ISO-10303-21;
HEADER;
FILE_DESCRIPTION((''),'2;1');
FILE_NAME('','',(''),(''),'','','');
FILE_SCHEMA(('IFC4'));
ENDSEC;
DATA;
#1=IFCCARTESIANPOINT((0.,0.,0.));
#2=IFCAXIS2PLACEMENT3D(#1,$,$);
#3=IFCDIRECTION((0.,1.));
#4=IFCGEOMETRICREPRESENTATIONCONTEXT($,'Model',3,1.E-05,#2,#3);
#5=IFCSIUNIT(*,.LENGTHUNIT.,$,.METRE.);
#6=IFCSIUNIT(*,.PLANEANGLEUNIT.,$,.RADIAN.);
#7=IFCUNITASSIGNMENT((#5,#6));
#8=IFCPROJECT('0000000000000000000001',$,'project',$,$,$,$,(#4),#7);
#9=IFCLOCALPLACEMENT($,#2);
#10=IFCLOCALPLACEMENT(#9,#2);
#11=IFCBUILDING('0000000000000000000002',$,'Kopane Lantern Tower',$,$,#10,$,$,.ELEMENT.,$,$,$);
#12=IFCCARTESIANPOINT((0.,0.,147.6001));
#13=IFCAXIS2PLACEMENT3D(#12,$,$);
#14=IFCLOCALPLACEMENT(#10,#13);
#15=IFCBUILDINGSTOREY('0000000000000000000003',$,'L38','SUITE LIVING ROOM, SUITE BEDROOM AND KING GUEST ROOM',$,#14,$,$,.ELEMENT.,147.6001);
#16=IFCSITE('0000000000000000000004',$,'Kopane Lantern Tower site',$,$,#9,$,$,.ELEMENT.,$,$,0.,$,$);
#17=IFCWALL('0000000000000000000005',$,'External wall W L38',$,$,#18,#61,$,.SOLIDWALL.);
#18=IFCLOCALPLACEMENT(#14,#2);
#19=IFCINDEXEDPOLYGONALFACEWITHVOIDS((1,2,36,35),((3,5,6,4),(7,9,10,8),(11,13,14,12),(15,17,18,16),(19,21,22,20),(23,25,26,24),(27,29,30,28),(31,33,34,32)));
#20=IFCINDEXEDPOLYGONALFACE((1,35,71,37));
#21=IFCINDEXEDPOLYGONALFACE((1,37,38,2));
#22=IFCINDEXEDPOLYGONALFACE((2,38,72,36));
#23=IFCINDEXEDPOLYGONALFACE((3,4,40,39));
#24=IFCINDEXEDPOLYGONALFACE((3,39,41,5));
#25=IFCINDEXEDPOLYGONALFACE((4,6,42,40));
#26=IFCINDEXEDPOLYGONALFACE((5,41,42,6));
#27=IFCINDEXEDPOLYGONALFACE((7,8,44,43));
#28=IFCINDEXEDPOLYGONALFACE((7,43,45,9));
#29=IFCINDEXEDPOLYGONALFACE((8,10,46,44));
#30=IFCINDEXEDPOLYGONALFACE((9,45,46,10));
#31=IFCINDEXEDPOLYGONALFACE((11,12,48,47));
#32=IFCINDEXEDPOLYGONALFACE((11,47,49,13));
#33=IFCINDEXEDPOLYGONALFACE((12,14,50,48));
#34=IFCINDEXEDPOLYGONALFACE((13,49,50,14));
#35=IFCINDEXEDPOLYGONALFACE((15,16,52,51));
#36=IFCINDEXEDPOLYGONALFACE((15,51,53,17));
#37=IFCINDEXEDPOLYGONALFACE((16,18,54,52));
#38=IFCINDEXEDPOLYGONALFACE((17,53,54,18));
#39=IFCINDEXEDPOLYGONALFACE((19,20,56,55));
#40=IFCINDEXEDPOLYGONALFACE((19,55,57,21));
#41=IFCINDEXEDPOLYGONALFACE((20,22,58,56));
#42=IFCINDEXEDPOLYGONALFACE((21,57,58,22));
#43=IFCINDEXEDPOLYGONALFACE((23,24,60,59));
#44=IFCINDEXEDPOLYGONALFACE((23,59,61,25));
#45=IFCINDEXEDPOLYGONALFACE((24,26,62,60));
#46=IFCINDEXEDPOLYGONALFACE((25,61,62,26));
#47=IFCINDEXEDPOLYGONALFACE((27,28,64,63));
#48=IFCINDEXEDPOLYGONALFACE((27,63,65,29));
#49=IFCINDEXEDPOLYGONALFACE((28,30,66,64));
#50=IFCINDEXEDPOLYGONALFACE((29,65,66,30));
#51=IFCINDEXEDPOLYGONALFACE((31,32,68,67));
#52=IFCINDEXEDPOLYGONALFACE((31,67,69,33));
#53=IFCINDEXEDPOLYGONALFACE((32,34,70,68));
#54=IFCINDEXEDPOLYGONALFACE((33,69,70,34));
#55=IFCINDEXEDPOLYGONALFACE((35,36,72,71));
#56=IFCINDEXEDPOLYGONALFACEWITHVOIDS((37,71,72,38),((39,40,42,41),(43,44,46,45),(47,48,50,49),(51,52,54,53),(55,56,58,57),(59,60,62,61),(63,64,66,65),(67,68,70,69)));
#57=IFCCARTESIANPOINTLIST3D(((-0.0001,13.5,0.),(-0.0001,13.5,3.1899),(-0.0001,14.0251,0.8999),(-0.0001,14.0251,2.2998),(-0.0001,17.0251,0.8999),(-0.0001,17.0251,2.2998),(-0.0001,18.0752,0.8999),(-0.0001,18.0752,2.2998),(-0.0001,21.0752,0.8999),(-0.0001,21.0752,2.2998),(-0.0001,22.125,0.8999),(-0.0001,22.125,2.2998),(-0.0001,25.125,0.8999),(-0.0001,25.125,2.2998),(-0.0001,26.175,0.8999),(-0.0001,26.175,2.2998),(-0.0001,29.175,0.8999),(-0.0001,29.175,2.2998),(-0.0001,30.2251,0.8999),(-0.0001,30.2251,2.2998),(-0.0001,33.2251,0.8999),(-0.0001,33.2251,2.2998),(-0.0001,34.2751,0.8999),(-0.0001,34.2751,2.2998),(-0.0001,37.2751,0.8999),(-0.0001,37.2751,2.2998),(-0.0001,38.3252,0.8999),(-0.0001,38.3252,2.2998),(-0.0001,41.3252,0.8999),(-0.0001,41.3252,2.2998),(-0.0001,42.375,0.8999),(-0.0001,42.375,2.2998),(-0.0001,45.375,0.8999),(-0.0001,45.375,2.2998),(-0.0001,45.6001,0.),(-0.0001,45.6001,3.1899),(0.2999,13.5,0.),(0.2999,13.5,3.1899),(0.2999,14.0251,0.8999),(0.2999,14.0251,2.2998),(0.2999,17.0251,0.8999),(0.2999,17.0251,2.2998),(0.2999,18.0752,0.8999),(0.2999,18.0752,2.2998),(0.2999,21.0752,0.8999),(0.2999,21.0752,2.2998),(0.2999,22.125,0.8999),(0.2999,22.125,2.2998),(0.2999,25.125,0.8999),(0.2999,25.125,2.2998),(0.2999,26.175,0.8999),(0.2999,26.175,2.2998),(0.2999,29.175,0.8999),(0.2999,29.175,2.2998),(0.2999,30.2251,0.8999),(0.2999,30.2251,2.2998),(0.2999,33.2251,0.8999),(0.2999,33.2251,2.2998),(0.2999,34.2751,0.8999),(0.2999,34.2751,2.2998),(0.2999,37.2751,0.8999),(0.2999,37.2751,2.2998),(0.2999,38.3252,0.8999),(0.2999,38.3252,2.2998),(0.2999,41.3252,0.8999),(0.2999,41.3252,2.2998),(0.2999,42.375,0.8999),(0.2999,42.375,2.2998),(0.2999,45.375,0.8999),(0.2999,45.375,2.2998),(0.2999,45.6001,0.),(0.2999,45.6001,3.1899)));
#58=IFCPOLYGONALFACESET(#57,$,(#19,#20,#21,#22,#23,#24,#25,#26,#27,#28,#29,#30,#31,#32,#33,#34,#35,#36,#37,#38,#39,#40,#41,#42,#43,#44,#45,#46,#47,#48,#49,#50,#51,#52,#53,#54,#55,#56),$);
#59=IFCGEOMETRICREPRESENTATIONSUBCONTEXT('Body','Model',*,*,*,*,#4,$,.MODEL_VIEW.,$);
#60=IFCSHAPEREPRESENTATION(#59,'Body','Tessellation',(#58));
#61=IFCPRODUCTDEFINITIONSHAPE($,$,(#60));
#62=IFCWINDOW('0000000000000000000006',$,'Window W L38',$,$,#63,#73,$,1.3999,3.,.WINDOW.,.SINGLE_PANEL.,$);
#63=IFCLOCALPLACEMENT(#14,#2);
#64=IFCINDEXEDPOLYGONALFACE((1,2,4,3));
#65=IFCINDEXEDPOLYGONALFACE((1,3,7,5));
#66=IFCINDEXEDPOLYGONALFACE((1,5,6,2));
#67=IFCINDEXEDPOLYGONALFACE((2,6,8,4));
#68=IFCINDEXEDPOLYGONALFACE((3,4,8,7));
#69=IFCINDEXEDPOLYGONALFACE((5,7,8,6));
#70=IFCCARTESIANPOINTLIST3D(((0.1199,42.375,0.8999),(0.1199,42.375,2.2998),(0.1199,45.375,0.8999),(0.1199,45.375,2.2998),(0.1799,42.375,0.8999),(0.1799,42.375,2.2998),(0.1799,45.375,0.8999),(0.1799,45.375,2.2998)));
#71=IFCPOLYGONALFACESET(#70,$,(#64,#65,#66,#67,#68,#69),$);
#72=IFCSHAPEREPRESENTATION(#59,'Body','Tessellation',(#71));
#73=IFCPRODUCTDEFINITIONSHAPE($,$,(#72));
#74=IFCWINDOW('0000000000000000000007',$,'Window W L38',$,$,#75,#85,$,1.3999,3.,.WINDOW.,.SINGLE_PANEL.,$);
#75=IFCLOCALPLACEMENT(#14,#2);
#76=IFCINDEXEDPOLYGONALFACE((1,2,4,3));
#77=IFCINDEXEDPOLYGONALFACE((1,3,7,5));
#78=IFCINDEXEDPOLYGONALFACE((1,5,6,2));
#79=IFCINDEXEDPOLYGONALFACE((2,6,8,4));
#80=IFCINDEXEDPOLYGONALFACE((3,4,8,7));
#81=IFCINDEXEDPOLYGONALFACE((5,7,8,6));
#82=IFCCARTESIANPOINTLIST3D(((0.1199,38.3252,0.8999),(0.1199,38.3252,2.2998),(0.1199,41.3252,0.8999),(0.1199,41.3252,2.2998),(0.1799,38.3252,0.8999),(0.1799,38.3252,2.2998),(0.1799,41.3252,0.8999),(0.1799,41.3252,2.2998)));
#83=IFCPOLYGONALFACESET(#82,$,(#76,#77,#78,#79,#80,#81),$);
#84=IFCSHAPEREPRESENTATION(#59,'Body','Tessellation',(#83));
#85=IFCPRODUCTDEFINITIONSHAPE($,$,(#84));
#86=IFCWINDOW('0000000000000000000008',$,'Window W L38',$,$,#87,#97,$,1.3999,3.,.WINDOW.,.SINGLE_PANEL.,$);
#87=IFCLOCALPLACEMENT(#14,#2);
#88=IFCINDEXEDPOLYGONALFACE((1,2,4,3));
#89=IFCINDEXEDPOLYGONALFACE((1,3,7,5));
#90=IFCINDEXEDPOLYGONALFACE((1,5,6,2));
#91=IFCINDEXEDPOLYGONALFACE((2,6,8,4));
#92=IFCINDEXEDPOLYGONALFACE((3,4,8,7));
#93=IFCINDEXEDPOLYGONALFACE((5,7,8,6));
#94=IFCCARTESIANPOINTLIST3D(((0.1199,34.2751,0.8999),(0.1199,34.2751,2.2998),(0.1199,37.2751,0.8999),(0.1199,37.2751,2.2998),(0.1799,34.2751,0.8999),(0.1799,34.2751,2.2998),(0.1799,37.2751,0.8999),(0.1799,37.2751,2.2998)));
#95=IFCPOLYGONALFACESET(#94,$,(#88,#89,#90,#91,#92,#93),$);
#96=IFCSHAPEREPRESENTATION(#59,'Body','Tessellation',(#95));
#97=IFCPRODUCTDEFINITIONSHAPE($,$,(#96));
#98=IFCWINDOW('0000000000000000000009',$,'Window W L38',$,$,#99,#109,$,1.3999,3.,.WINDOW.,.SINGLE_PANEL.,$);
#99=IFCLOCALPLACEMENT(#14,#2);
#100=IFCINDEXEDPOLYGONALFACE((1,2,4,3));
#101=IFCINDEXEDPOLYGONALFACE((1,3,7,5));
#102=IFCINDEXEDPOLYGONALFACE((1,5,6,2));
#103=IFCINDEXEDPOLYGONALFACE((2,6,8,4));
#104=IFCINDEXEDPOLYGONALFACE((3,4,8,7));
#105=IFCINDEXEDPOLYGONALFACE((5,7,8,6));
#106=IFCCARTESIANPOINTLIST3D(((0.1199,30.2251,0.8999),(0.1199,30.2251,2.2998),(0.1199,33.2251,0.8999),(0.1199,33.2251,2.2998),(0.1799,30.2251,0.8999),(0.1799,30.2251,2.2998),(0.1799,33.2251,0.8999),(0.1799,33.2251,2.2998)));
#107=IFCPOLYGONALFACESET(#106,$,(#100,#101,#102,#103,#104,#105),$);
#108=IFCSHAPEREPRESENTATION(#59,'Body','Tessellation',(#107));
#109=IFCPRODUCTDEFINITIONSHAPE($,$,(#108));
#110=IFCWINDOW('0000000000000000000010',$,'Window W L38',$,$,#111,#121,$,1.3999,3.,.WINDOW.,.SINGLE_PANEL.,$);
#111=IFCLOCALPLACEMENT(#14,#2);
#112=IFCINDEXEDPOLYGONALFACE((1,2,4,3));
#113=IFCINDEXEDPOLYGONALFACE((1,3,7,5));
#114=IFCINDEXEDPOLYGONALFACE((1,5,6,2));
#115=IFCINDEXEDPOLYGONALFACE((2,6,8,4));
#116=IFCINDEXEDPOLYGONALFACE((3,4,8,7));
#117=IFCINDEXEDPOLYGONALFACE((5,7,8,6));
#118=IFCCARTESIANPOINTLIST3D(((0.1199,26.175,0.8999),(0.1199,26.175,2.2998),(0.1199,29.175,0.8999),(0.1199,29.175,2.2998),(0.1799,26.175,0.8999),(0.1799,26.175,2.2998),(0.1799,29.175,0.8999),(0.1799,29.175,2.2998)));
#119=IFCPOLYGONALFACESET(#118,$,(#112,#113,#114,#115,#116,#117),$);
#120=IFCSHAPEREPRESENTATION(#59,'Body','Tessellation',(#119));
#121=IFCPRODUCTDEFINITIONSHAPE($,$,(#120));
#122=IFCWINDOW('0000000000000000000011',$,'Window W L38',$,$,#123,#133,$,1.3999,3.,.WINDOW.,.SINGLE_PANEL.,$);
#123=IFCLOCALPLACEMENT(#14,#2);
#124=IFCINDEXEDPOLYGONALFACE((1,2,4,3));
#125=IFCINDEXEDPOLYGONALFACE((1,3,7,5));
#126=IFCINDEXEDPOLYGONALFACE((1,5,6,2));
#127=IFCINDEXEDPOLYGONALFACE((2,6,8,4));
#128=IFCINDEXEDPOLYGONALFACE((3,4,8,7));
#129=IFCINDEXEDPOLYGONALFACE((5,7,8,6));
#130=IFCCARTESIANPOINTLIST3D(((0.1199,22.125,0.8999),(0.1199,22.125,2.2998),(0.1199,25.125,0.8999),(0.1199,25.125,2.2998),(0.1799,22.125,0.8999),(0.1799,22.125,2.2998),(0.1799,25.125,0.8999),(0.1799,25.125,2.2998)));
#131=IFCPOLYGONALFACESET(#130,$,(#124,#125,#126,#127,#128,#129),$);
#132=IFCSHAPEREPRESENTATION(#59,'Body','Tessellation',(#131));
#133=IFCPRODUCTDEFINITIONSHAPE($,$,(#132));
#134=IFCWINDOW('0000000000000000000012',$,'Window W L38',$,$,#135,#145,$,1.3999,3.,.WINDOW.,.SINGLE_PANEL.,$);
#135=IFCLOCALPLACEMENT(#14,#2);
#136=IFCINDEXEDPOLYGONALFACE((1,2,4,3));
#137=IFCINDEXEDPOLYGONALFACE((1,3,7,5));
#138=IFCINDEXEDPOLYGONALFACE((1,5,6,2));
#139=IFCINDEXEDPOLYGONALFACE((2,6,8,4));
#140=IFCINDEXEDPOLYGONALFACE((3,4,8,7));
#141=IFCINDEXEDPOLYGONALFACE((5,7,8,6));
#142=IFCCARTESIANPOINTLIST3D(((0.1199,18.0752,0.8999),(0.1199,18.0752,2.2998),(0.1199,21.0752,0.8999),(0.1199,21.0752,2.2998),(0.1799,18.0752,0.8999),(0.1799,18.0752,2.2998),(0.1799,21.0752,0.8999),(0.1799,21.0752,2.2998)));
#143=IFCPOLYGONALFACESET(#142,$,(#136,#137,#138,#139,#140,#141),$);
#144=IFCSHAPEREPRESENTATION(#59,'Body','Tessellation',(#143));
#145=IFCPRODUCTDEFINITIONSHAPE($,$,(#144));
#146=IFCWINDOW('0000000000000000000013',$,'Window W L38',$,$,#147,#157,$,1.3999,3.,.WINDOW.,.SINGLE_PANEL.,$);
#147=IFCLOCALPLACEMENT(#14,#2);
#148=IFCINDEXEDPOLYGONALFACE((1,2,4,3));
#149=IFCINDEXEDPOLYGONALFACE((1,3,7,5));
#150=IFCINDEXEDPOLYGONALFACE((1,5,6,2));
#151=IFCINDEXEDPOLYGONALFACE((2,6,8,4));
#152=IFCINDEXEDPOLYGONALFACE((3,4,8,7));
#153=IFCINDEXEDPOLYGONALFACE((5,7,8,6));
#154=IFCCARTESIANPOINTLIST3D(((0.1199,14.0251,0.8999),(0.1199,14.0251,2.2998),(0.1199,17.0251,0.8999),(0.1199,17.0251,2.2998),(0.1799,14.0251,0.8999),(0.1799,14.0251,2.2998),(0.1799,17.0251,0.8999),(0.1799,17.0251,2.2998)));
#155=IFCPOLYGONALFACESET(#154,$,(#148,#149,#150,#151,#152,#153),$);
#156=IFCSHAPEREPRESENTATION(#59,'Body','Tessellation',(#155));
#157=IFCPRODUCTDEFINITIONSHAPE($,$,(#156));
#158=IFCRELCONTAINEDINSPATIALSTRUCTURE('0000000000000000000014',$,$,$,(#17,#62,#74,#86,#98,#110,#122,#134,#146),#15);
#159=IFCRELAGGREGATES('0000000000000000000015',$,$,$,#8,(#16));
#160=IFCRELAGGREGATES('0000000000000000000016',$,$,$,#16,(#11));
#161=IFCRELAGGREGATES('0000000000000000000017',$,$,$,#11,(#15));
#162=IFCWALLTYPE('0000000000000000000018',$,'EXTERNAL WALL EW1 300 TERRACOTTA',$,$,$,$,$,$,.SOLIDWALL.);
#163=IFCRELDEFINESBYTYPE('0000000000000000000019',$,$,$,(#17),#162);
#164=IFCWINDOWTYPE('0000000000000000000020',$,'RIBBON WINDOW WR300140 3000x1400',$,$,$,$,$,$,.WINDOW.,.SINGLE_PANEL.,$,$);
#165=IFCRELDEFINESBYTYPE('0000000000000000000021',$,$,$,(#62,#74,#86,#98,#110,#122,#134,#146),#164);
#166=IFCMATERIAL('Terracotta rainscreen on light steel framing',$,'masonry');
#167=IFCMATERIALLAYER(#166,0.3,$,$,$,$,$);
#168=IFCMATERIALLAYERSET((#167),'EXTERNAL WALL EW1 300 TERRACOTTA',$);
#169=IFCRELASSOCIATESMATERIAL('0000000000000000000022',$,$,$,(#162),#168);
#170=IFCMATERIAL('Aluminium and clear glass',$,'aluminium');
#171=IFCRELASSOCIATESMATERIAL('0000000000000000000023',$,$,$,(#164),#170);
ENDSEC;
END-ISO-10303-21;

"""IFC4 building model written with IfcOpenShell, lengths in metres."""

from ifc_helpers import new_model, si_unit, direction, frame, frame_2d, origin, place, context, subcontext, project, spatial, rectangle, extrude, material, layer, layer_set, type_object, element, fill, save


model = new_model("IFC4")

# Units and contexts
model_context = context("Model", 3, precision=1e-05, world=origin(), true_north=direction((0.0, 1.0)))
body_context = subcontext(model_context, "Body", "Model", "MODEL_VIEW")
ifc_project = project(units=[si_unit("LENGTHUNIT", "METRE"), si_unit("PLANEANGLEUNIT", "RADIAN")], contexts=[model_context])

# Site, building, storey
site_placement = place(None, origin())
site = spatial("IfcSite", under=ifc_project, at=site_placement, Name="Kopane Lantern Tower site", CompositionType="ELEMENT", RefElevation=0.0)
building_placement = place(site_placement, origin())
building = spatial("IfcBuilding", under=site, at=building_placement, Name="Kopane Lantern Tower", CompositionType="ELEMENT")
storey_placement = place(building_placement, frame((0.0, 0.0, 147.6001)))
storey = spatial("IfcBuildingStorey", under=building, at=storey_placement, Name="L38", Description="SUITE LIVING ROOM, SUITE BEDROOM AND KING GUEST ROOM", CompositionType="ELEMENT", Elevation=147.6001)

# Shared definitions
ifc_material_1 = material(Name="Terracotta rainscreen on light steel framing", Category="masonry")
ifc_layer_1 = layer(ifc_material_1, 0.3)
ifc_layer_set_1 = layer_set([ifc_layer_1], Name="EXTERNAL WALL EW1 300 TERRACOTTA")
wall_type_1 = type_object("IfcWallType", Name="EXTERNAL WALL EW1 300 TERRACOTTA", PredefinedType="SOLIDWALL", material=ifc_layer_set_1)
ifc_material_2 = material(Name="Aluminium and clear glass", Category="aluminium")
window_type = type_object("IfcWindowType", Name="RIBBON WINDOW WR300140 3000x1400", PartitioningType="SINGLE_PANEL", PredefinedType="WINDOW", material=ifc_material_2)

# Wall, openings, windows
wall_1_placement = place(storey_placement, frame((0.1499, 45.6001, 0.0), z_axis=(0.0, 0.0, 1.0), x_axis=(0.0, -1.0, 0.0)))
wall_1 = element("IfcWall", 1, at=wall_1_placement, inside=storey, type_object=wall_type_1, Name="External wall W L38", PredefinedType="SOLIDWALL", context=body_context, shape_type="SweptSolid", body=[
    extrude(rectangle(XDim=32.1001, YDim=0.3, at=frame_2d((16.05, 0.0))), origin(), (0.0, 0.0, 1.0), 3.1899),
])
opening_1_placement = place(wall_1_placement, frame((0.2251, 0.0, 0.8999)))
opening_1 = element("IfcOpeningElement", 2, at=opening_1_placement, cuts=wall_1, PredefinedType="OPENING", context=body_context, shape_type="SweptSolid", body=[
    extrude(rectangle(XDim=3.0, YDim=1.3999, at=frame_2d((1.5, 0.7))), frame((0.0, 0.1599, 0.0), z_axis=(0.0, -1.0, 0.0), x_axis=(1.0, 0.0, 0.0)), (0.0, 0.0, 1.0), 0.3201),
])
opening_2_placement = place(wall_1_placement, frame((4.2749, 0.0, 0.8999)))
opening_2 = element("IfcOpeningElement", 3, at=opening_2_placement, cuts=wall_1, PredefinedType="OPENING", context=body_context, shape_type="SweptSolid", body=[
    extrude(rectangle(XDim=3.0, YDim=1.3999, at=frame_2d((1.5, 0.7))), frame((0.0, 0.1599, 0.0), z_axis=(0.0, -1.0, 0.0), x_axis=(1.0, 0.0, 0.0)), (0.0, 0.0, 1.0), 0.3201),
])
opening_3_placement = place(wall_1_placement, frame((8.325, 0.0, 0.8999)))
opening_3 = element("IfcOpeningElement", 4, at=opening_3_placement, cuts=wall_1, PredefinedType="OPENING", context=body_context, shape_type="SweptSolid", body=[
    extrude(rectangle(XDim=3.0, YDim=1.3999, at=frame_2d((1.5, 0.7))), frame((0.0, 0.1599, 0.0), z_axis=(0.0, -1.0, 0.0), x_axis=(1.0, 0.0, 0.0)), (0.0, 0.0, 1.0), 0.3201),
])
opening_4_placement = place(wall_1_placement, frame((12.375, 0.0, 0.8999)))
opening_4 = element("IfcOpeningElement", 5, at=opening_4_placement, cuts=wall_1, PredefinedType="OPENING", context=body_context, shape_type="SweptSolid", body=[
    extrude(rectangle(XDim=3.0, YDim=1.3999, at=frame_2d((1.5, 0.7))), frame((0.0, 0.1599, 0.0), z_axis=(0.0, -1.0, 0.0), x_axis=(1.0, 0.0, 0.0)), (0.0, 0.0, 1.0), 0.3201),
])
opening_5_placement = place(wall_1_placement, frame((16.425, 0.0, 0.8999)))
opening_5 = element("IfcOpeningElement", 6, at=opening_5_placement, cuts=wall_1, PredefinedType="OPENING", context=body_context, shape_type="SweptSolid", body=[
    extrude(rectangle(XDim=3.0, YDim=1.3999, at=frame_2d((1.5, 0.7))), frame((0.0, 0.1599, 0.0), z_axis=(0.0, -1.0, 0.0), x_axis=(1.0, 0.0, 0.0)), (0.0, 0.0, 1.0), 0.3201),
])
opening_6_placement = place(wall_1_placement, frame((20.4751, 0.0, 0.8999)))
opening_6 = element("IfcOpeningElement", 7, at=opening_6_placement, cuts=wall_1, PredefinedType="OPENING", context=body_context, shape_type="SweptSolid", body=[
    extrude(rectangle(XDim=3.0, YDim=1.3999, at=frame_2d((1.5, 0.7))), frame((0.0, 0.1599, 0.0), z_axis=(0.0, -1.0, 0.0), x_axis=(1.0, 0.0, 0.0)), (0.0, 0.0, 1.0), 0.3201),
])
opening_7_placement = place(wall_1_placement, frame((24.5249, 0.0, 0.8999)))
opening_7 = element("IfcOpeningElement", 8, at=opening_7_placement, cuts=wall_1, PredefinedType="OPENING", context=body_context, shape_type="SweptSolid", body=[
    extrude(rectangle(XDim=3.0, YDim=1.3999, at=frame_2d((1.5, 0.7))), frame((0.0, 0.1599, 0.0), z_axis=(0.0, -1.0, 0.0), x_axis=(1.0, 0.0, 0.0)), (0.0, 0.0, 1.0), 0.3201),
])
opening_8_placement = place(wall_1_placement, frame((28.575, 0.0, 0.8999)))
opening_8 = element("IfcOpeningElement", 9, at=opening_8_placement, cuts=wall_1, PredefinedType="OPENING", context=body_context, shape_type="SweptSolid", body=[
    extrude(rectangle(XDim=3.0, YDim=1.3999, at=frame_2d((1.5, 0.7))), frame((0.0, 0.1599, 0.0), z_axis=(0.0, -1.0, 0.0), x_axis=(1.0, 0.0, 0.0)), (0.0, 0.0, 1.0), 0.3201),
])
window_1_placement = place(opening_1_placement, origin())
window_1 = element("IfcWindow", 10, at=window_1_placement, inside=storey, type_object=window_type, Name="Window W L38", OverallHeight=1.3999, OverallWidth=3.0, PartitioningType="SINGLE_PANEL", PredefinedType="WINDOW", context=body_context, shape_type="SweptSolid", body=[
    extrude(rectangle(XDim=3.0, YDim=1.3999, at=frame_2d((1.5, 0.7))), frame((0.0, 0.03, 0.0), z_axis=(0.0, -1.0, 0.0), x_axis=(1.0, 0.0, 0.0)), (0.0, 0.0, 1.0), 0.0601),
])
fill(opening_1, window_1)
window_2_placement = place(opening_2_placement, origin())
window_2 = element("IfcWindow", 11, at=window_2_placement, inside=storey, type_object=window_type, Name="Window W L38", OverallHeight=1.3999, OverallWidth=3.0, PartitioningType="SINGLE_PANEL", PredefinedType="WINDOW", context=body_context, shape_type="SweptSolid", body=[
    extrude(rectangle(XDim=3.0, YDim=1.3999, at=frame_2d((1.5, 0.7))), frame((0.0, 0.03, 0.0), z_axis=(0.0, -1.0, 0.0), x_axis=(1.0, 0.0, 0.0)), (0.0, 0.0, 1.0), 0.0601),
])
fill(opening_2, window_2)
window_3_placement = place(opening_3_placement, origin())
window_3 = element("IfcWindow", 12, at=window_3_placement, inside=storey, type_object=window_type, Name="Window W L38", OverallHeight=1.3999, OverallWidth=3.0, PartitioningType="SINGLE_PANEL", PredefinedType="WINDOW", context=body_context, shape_type="SweptSolid", body=[
    extrude(rectangle(XDim=3.0, YDim=1.3999, at=frame_2d((1.5, 0.7))), frame((0.0, 0.03, 0.0), z_axis=(0.0, -1.0, 0.0), x_axis=(1.0, 0.0, 0.0)), (0.0, 0.0, 1.0), 0.0601),
])
fill(opening_3, window_3)
window_4_placement = place(opening_4_placement, origin())
window_4 = element("IfcWindow", 13, at=window_4_placement, inside=storey, type_object=window_type, Name="Window W L38", OverallHeight=1.3999, OverallWidth=3.0, PartitioningType="SINGLE_PANEL", PredefinedType="WINDOW", context=body_context, shape_type="SweptSolid", body=[
    extrude(rectangle(XDim=3.0, YDim=1.3999, at=frame_2d((1.5, 0.7))), frame((0.0, 0.03, 0.0), z_axis=(0.0, -1.0, 0.0), x_axis=(1.0, 0.0, 0.0)), (0.0, 0.0, 1.0), 0.0601),
])
fill(opening_4, window_4)
window_5_placement = place(opening_5_placement, origin())
window_5 = element("IfcWindow", 14, at=window_5_placement, inside=storey, type_object=window_type, Name="Window W L38", OverallHeight=1.3999, OverallWidth=3.0, PartitioningType="SINGLE_PANEL", PredefinedType="WINDOW", context=body_context, shape_type="SweptSolid", body=[
    extrude(rectangle(XDim=3.0, YDim=1.3999, at=frame_2d((1.5, 0.7))), frame((0.0, 0.03, 0.0), z_axis=(0.0, -1.0, 0.0), x_axis=(1.0, 0.0, 0.0)), (0.0, 0.0, 1.0), 0.0601),
])
fill(opening_5, window_5)
window_6_placement = place(opening_6_placement, origin())
window_6 = element("IfcWindow", 15, at=window_6_placement, inside=storey, type_object=window_type, Name="Window W L38", OverallHeight=1.3999, OverallWidth=3.0, PartitioningType="SINGLE_PANEL", PredefinedType="WINDOW", context=body_context, shape_type="SweptSolid", body=[
    extrude(rectangle(XDim=3.0, YDim=1.3999, at=frame_2d((1.5, 0.7))), frame((0.0, 0.03, 0.0), z_axis=(0.0, -1.0, 0.0), x_axis=(1.0, 0.0, 0.0)), (0.0, 0.0, 1.0), 0.0601),
])
fill(opening_6, window_6)
window_7_placement = place(opening_7_placement, origin())
window_7 = element("IfcWindow", 16, at=window_7_placement, inside=storey, type_object=window_type, Name="Window W L38", OverallHeight=1.3999, OverallWidth=3.0, PartitioningType="SINGLE_PANEL", PredefinedType="WINDOW", context=body_context, shape_type="SweptSolid", body=[
    extrude(rectangle(XDim=3.0, YDim=1.3999, at=frame_2d((1.5, 0.7))), frame((0.0, 0.03, 0.0), z_axis=(0.0, -1.0, 0.0), x_axis=(1.0, 0.0, 0.0)), (0.0, 0.0, 1.0), 0.0601),
])
fill(opening_7, window_7)
window_8_placement = place(opening_8_placement, origin())
window_8 = element("IfcWindow", 17, at=window_8_placement, inside=storey, type_object=window_type, Name="Window W L38", OverallHeight=1.3999, OverallWidth=3.0, PartitioningType="SINGLE_PANEL", PredefinedType="WINDOW", context=body_context, shape_type="SweptSolid", body=[
    extrude(rectangle(XDim=3.0, YDim=1.3999, at=frame_2d((1.5, 0.7))), frame((0.0, 0.03, 0.0), z_axis=(0.0, -1.0, 0.0), x_axis=(1.0, 0.0, 0.0)), (0.0, 0.0, 1.0), 0.0601),
])
fill(opening_8, window_8)

save(model, "model.ifc")
